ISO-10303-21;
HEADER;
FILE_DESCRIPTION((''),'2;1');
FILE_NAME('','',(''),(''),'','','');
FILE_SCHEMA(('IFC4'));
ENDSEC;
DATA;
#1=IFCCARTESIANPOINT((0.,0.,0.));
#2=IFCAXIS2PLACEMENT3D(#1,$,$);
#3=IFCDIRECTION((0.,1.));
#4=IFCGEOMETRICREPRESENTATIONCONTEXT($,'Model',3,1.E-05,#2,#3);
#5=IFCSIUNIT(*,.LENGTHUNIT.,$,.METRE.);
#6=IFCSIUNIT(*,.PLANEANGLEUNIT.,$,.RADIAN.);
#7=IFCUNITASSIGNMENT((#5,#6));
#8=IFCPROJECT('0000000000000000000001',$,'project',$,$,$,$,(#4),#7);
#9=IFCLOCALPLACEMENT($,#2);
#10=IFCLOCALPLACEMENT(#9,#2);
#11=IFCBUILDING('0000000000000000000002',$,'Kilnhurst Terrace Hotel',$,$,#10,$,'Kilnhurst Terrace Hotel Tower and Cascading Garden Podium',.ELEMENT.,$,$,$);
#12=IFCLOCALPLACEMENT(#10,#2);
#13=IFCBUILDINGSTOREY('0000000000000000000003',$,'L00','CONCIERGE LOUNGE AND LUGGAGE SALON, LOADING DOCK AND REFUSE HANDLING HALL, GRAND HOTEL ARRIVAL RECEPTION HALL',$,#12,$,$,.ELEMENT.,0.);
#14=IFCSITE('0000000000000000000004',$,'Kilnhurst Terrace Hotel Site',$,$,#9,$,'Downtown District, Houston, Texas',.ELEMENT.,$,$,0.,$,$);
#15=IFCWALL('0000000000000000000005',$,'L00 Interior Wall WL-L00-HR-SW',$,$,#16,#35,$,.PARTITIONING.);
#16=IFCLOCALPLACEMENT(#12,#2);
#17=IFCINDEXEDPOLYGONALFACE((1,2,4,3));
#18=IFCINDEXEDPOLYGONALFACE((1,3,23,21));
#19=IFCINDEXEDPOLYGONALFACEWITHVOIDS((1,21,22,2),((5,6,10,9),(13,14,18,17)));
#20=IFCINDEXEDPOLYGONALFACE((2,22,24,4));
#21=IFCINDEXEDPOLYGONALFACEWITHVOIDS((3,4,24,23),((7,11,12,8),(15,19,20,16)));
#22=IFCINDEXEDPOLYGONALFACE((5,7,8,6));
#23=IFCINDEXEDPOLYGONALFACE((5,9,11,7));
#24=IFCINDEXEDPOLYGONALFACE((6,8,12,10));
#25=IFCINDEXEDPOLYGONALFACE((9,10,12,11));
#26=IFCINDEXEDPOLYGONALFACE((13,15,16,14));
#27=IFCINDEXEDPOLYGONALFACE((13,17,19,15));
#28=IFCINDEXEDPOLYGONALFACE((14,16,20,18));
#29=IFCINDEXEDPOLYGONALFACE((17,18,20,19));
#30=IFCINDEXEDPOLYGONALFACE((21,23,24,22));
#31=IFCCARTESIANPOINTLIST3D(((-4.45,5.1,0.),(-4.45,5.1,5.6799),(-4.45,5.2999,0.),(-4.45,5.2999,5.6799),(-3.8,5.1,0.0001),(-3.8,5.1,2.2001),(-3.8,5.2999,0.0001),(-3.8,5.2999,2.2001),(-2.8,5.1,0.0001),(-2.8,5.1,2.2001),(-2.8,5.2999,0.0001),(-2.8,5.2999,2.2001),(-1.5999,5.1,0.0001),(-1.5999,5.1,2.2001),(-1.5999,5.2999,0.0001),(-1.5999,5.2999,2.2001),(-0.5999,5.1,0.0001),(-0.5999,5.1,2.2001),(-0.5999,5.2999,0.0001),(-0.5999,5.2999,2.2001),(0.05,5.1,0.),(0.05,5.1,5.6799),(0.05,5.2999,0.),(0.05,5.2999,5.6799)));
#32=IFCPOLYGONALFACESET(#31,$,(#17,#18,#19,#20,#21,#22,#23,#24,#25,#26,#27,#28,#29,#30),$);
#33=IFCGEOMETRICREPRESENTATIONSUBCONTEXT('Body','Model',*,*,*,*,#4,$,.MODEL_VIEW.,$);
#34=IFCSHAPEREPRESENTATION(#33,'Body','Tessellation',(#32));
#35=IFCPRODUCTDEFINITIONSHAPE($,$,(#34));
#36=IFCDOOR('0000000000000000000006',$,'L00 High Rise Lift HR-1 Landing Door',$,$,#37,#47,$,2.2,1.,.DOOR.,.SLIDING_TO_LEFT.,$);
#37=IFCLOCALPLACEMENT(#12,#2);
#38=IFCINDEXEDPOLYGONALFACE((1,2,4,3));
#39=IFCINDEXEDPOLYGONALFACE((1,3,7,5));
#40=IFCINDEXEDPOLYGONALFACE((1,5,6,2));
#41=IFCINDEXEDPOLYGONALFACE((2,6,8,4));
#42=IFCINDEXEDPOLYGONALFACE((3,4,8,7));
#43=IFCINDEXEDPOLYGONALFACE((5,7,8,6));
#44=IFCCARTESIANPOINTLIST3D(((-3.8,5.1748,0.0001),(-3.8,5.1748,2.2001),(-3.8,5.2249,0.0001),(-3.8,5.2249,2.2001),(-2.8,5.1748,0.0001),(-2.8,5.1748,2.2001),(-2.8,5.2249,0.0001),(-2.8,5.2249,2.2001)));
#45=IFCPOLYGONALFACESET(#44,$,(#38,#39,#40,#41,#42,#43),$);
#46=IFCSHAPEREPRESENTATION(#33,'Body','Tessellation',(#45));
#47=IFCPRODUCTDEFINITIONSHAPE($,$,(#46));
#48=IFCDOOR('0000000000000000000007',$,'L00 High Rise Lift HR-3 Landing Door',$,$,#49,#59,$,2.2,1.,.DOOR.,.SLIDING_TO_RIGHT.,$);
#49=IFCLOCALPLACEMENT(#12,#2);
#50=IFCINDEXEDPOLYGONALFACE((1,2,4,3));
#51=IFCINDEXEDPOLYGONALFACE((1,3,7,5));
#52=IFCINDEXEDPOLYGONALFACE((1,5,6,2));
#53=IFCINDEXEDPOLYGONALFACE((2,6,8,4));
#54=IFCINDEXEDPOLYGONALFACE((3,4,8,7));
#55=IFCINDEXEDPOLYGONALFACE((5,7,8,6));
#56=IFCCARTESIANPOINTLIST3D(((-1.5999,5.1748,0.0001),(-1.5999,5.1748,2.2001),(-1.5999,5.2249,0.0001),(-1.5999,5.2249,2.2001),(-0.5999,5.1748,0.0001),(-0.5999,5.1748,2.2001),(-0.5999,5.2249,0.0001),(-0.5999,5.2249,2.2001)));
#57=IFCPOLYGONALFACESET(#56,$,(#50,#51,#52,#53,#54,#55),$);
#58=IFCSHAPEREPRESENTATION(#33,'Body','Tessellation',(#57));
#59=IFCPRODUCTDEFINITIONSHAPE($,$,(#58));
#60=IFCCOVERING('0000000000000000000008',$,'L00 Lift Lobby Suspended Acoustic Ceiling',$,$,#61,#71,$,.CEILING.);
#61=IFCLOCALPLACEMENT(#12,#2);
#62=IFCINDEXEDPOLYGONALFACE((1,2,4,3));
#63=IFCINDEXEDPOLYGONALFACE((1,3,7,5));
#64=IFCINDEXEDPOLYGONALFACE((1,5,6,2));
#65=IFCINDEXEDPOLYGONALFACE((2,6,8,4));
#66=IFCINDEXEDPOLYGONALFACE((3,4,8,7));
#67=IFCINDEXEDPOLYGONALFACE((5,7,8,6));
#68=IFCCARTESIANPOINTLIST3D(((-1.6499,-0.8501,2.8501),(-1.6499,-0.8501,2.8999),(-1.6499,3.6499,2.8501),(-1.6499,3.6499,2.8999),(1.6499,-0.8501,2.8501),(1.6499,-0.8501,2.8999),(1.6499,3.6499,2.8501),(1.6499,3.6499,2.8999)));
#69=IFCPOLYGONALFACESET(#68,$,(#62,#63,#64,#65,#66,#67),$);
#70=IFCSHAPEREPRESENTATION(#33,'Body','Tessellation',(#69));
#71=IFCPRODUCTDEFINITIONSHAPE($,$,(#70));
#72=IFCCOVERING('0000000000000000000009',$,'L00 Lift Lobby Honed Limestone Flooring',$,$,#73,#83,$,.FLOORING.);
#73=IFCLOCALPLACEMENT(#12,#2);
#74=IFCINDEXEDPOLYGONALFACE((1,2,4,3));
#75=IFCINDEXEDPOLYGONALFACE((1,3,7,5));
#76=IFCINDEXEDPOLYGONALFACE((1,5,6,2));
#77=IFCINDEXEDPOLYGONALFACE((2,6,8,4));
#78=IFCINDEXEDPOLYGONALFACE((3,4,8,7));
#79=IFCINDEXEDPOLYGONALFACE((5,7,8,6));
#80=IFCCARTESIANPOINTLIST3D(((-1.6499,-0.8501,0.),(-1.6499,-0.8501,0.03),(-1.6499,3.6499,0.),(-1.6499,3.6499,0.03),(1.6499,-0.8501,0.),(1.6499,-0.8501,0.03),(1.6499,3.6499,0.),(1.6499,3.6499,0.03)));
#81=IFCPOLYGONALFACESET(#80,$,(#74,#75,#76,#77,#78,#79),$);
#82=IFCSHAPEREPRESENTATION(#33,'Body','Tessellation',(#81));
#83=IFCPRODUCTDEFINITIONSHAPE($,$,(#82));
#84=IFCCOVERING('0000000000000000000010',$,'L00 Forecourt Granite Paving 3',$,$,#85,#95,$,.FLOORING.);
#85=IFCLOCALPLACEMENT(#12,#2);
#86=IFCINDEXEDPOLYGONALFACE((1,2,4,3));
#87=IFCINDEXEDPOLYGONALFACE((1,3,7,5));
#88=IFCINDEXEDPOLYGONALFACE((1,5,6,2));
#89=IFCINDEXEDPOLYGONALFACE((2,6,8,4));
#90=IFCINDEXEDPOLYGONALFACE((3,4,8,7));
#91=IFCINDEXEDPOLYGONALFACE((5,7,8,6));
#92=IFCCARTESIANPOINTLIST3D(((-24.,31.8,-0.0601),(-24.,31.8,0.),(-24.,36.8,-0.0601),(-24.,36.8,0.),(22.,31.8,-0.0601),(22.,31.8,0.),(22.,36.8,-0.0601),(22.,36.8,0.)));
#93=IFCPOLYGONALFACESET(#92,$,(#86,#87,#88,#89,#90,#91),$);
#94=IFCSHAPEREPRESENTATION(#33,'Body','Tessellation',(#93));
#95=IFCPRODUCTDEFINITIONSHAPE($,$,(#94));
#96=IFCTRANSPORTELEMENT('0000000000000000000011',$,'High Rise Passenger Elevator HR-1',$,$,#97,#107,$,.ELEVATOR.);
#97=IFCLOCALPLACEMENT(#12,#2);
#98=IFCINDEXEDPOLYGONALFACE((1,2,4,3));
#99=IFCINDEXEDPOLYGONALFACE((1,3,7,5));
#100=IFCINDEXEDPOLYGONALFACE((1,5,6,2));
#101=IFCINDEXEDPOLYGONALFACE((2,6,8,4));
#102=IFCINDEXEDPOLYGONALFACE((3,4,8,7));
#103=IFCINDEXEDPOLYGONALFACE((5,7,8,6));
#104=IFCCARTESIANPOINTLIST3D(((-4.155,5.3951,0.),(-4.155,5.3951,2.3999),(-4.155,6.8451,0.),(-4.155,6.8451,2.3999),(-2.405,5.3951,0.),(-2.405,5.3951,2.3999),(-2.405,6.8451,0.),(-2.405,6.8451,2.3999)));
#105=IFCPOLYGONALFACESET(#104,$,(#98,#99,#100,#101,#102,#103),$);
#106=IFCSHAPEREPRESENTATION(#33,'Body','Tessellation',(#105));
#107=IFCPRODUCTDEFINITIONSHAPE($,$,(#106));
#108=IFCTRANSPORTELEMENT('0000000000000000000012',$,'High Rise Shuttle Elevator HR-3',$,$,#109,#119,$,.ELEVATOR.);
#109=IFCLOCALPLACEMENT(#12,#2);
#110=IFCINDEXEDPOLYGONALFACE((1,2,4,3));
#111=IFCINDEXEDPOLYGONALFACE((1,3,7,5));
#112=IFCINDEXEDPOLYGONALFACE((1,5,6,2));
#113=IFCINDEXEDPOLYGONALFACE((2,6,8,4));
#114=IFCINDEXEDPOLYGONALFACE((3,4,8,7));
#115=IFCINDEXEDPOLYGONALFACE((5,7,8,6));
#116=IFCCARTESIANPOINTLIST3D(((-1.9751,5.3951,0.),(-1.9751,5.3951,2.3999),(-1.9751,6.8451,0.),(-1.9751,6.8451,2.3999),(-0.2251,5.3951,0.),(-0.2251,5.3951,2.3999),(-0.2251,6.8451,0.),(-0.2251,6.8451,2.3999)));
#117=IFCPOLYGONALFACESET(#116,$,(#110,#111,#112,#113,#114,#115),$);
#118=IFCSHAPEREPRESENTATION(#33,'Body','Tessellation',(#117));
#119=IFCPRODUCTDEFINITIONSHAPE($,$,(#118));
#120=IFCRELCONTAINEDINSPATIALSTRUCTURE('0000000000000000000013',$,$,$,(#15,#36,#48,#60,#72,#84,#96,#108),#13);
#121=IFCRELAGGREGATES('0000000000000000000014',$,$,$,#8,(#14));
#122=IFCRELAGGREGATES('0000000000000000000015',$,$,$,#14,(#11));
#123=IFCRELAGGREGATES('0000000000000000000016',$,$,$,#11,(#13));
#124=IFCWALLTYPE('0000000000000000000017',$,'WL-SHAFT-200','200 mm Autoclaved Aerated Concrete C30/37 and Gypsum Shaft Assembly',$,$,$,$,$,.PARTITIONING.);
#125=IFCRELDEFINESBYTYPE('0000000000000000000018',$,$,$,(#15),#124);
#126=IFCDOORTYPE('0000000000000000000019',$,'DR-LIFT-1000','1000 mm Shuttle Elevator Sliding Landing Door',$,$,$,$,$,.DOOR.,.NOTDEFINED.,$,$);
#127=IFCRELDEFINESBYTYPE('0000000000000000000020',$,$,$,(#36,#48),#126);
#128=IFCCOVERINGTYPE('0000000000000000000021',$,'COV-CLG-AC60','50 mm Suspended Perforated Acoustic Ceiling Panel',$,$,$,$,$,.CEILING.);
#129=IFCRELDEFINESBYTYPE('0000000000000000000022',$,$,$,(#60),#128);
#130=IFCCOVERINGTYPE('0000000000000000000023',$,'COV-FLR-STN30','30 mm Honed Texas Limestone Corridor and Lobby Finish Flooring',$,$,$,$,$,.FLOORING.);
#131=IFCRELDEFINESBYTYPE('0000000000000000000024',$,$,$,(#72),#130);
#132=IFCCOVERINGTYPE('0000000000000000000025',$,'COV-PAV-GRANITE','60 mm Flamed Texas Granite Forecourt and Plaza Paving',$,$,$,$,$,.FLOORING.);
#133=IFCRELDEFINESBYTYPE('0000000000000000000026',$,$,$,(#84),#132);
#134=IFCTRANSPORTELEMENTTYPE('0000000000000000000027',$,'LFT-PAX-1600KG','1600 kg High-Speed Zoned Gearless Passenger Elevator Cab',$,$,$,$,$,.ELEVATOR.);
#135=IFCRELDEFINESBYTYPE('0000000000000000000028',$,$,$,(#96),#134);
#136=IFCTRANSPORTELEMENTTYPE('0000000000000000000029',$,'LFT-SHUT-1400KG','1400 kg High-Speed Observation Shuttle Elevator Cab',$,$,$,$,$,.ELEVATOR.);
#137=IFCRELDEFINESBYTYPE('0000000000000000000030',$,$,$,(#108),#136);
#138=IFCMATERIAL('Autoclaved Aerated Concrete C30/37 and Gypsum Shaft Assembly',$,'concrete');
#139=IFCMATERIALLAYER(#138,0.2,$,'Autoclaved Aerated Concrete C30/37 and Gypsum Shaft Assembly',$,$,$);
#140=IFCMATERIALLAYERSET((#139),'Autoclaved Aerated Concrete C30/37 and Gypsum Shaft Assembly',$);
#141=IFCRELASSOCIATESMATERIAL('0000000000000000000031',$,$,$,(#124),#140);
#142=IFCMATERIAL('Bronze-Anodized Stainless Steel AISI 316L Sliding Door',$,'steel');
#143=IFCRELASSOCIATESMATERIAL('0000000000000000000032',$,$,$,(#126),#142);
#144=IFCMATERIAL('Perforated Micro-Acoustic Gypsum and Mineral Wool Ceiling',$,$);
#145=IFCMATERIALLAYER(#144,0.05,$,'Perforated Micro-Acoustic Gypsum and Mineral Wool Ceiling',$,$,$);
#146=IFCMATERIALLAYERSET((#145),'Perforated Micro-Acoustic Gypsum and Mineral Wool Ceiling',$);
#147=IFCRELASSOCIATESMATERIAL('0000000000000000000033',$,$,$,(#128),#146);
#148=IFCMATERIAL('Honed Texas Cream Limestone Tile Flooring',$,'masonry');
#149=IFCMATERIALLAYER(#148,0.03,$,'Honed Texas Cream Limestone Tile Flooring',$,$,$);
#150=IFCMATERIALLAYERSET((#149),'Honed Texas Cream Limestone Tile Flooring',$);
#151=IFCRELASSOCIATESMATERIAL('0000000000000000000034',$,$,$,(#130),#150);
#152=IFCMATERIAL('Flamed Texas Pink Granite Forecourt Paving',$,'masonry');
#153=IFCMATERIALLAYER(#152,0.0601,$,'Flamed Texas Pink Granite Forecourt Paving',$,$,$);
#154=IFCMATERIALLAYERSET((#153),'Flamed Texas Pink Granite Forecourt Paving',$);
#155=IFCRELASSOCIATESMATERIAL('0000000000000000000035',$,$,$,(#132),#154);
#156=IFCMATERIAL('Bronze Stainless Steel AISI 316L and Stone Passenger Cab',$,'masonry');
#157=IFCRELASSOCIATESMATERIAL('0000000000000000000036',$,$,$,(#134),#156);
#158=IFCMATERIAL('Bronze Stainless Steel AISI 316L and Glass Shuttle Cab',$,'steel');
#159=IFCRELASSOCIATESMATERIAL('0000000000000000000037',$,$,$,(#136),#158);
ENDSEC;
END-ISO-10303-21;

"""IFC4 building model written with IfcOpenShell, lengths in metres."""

from ifc_helpers import new_model, si_unit, direction, frame, frame_2d, origin, origin_2d, place, context, subcontext, project, spatial, polyline, rectangle, outline, extrude, material, layer, layer_set, type_object, element, fill, save


model = new_model("IFC4")

# Units and contexts
model_context = context("Model", 3, precision=1e-05, world=origin(), true_north=direction((0.0, 1.0)))
body_context = subcontext(model_context, "Body", "Model", "MODEL_VIEW")
ifc_project = project(units=[si_unit("LENGTHUNIT", "METRE"), si_unit("PLANEANGLEUNIT", "RADIAN")], contexts=[model_context])

# Site, building, storey
site_placement = place(None, origin())
site = spatial("IfcSite", under=ifc_project, at=site_placement, Name="Kilnhurst Terrace Hotel Site", LongName="Downtown District, Houston, Texas", CompositionType="ELEMENT", RefElevation=0.0)
building_placement = place(site_placement, origin())
building = spatial("IfcBuilding", under=site, at=building_placement, Name="Kilnhurst Terrace Hotel", LongName="Kilnhurst Terrace Hotel Tower and Cascading Garden Podium", CompositionType="ELEMENT")
storey_placement = place(building_placement, origin())
storey = spatial("IfcBuildingStorey", under=building, at=storey_placement, Name="L00", Description="CONCIERGE LOUNGE AND LUGGAGE SALON, LOADING DOCK AND REFUSE HANDLING HALL, GRAND HOTEL ARRIVAL RECEPTION HALL", CompositionType="ELEMENT", Elevation=0.0)

# Wall, openings, doors
ifc_material_1 = material(Name="Autoclaved Aerated Concrete C30/37 and Gypsum Shaft Assembly", Category="concrete")
ifc_layer_1 = layer(ifc_material_1, 0.2, Name="Autoclaved Aerated Concrete C30/37 and Gypsum Shaft Assembly")
ifc_layer_set_1 = layer_set([ifc_layer_1], Name="Autoclaved Aerated Concrete C30/37 and Gypsum Shaft Assembly")
wall_type_1 = type_object("IfcWallType", Name="WL-SHAFT-200", Description="200 mm Autoclaved Aerated Concrete C30/37 and Gypsum Shaft Assembly", PredefinedType="PARTITIONING", material=ifc_layer_set_1)
wall_1_placement = place(storey_placement, frame((-4.45, 5.2, 0.0), z_axis=(0.0, 0.0, 1.0), x_axis=(1.0, 0.0, 0.0)))
wall_1 = element("IfcWall", 1, at=wall_1_placement, inside=storey, type_object=wall_type_1, Name="L00 Interior Wall WL-L00-HR-SW", PredefinedType="PARTITIONING", context=body_context, shape_type="SweptSolid", body=[
    extrude(rectangle(XDim=4.5, YDim=0.2, at=frame_2d((2.25, 0.0))), origin(), (0.0, 0.0, 1.0), 5.6799),
])
opening_1_placement = place(wall_1_placement, frame((0.6499, 0.0, 0.0)))
opening_1 = element("IfcOpeningElement", 2, at=opening_1_placement, cuts=wall_1, PredefinedType="OPENING", context=body_context, shape_type="SweptSolid", body=[
    extrude(rectangle(XDim=1.0, YDim=2.2, at=frame_2d((0.5, 1.1001))), frame((0.0, 0.1099, 0.0), z_axis=(0.0, -1.0, 0.0), x_axis=(1.0, 0.0, 0.0)), (0.0, 0.0, 1.0), 0.22),
])
opening_2_placement = place(wall_1_placement, frame((2.8501, 0.0, 0.0)))
opening_2 = element("IfcOpeningElement", 3, at=opening_2_placement, cuts=wall_1, PredefinedType="OPENING", context=body_context, shape_type="SweptSolid", body=[
    extrude(rectangle(XDim=1.0, YDim=2.2, at=frame_2d((0.5, 1.1001))), frame((0.0, 0.1099, 0.0), z_axis=(0.0, -1.0, 0.0), x_axis=(1.0, 0.0, 0.0)), (0.0, 0.0, 1.0), 0.22),
])
ifc_material_2 = material(Name="Bronze-Anodized Stainless Steel AISI 316L Sliding Door", Category="steel")
door_type = type_object("IfcDoorType", Name="DR-LIFT-1000", Description="1000 mm Shuttle Elevator Sliding Landing Door", OperationType="NOTDEFINED", PredefinedType="DOOR", material=ifc_material_2)
door_1_placement = place(opening_1_placement, origin())
door_1 = element("IfcDoor", 4, at=door_1_placement, inside=storey, type_object=door_type, Name="L00 High Rise Lift HR-1 Landing Door", OperationType="SLIDING_TO_LEFT", OverallHeight=2.2, OverallWidth=1.0, PredefinedType="DOOR", context=body_context, shape_type="SweptSolid", body=[
    extrude(rectangle(XDim=1.0, YDim=2.2, at=frame_2d((0.5, 1.1001))), frame((0.0, 0.0249, 0.0), z_axis=(0.0, -1.0, 0.0), x_axis=(1.0, 0.0, 0.0)), (0.0, 0.0, 1.0), 0.05),
])
fill(opening_1, door_1)
door_2_placement = place(opening_2_placement, origin())
door_2 = element("IfcDoor", 5, at=door_2_placement, inside=storey, type_object=door_type, Name="L00 High Rise Lift HR-3 Landing Door", OperationType="SLIDING_TO_RIGHT", OverallHeight=2.2, OverallWidth=1.0, PredefinedType="DOOR", context=body_context, shape_type="SweptSolid", body=[
    extrude(rectangle(XDim=1.0, YDim=2.2, at=frame_2d((0.5, 1.1001))), frame((0.0, 0.0249, 0.0), z_axis=(0.0, -1.0, 0.0), x_axis=(1.0, 0.0, 0.0)), (0.0, 0.0, 1.0), 0.05),
])
fill(opening_2, door_2)

# Coverings
ifc_material_3 = material(Name="Perforated Micro-Acoustic Gypsum and Mineral Wool Ceiling")
ifc_layer_2 = layer(ifc_material_3, 0.05, Name="Perforated Micro-Acoustic Gypsum and Mineral Wool Ceiling")
ifc_layer_set_2 = layer_set([ifc_layer_2], Name="Perforated Micro-Acoustic Gypsum and Mineral Wool Ceiling")
covering_type_1 = type_object("IfcCoveringType", Name="COV-CLG-AC60", Description="50 mm Suspended Perforated Acoustic Ceiling Panel", PredefinedType="CEILING", material=ifc_layer_set_2)
covering_1_placement = place(storey_placement, frame((0.0, 0.0, 2.8501)))
element("IfcCovering", 6, at=covering_1_placement, inside=storey, type_object=covering_type_1, Name="L00 Lift Lobby Suspended Acoustic Ceiling", PredefinedType="CEILING", context=body_context, shape_type="SweptSolid", body=[
    extrude(outline(polyline([(-1.6499, -0.8501), (1.6499, -0.8501), (1.6499, 3.6499), (-1.6499, 3.6499), (-1.6499, -0.8501)])), origin(), (0.0, 0.0, 1.0), 0.0498),
])
ifc_material_4 = material(Name="Honed Texas Cream Limestone Tile Flooring", Category="masonry")
ifc_layer_3 = layer(ifc_material_4, 0.03, Name="Honed Texas Cream Limestone Tile Flooring")
ifc_layer_set_3 = layer_set([ifc_layer_3], Name="Honed Texas Cream Limestone Tile Flooring")
covering_type_2 = type_object("IfcCoveringType", Name="COV-FLR-STN30", Description="30 mm Honed Texas Limestone Corridor and Lobby Finish Flooring", PredefinedType="FLOORING", material=ifc_layer_set_3)
covering_2_placement = place(storey_placement, origin())
element("IfcCovering", 7, at=covering_2_placement, inside=storey, type_object=covering_type_2, Name="L00 Lift Lobby Honed Limestone Flooring", PredefinedType="FLOORING", context=body_context, shape_type="SweptSolid", body=[
    extrude(outline(polyline([(-1.6499, -0.8501), (1.6499, -0.8501), (1.6499, 3.6499), (-1.6499, 3.6499), (-1.6499, -0.8501)])), origin(), (0.0, 0.0, 1.0), 0.03),
])
ifc_material_5 = material(Name="Flamed Texas Pink Granite Forecourt Paving", Category="masonry")
ifc_layer_4 = layer(ifc_material_5, 0.0601, Name="Flamed Texas Pink Granite Forecourt Paving")
ifc_layer_set_4 = layer_set([ifc_layer_4], Name="Flamed Texas Pink Granite Forecourt Paving")
covering_type_3 = type_object("IfcCoveringType", Name="COV-PAV-GRANITE", Description="60 mm Flamed Texas Granite Forecourt and Plaza Paving", PredefinedType="FLOORING", material=ifc_layer_set_4)
covering_3_placement = place(storey_placement, frame((0.0, 0.0, -0.0601)))
element("IfcCovering", 8, at=covering_3_placement, inside=storey, type_object=covering_type_3, Name="L00 Forecourt Granite Paving 3", PredefinedType="FLOORING", context=body_context, shape_type="SweptSolid", body=[
    extrude(outline(polyline([(-24.0, 31.8), (22.0, 31.8), (22.0, 36.8), (-24.0, 36.8), (-24.0, 31.8)])), origin(), (0.0, 0.0, 1.0), 0.0601),
])

# Transport elements
ifc_material_6 = material(Name="Bronze Stainless Steel AISI 316L and Stone Passenger Cab", Category="masonry")
transport_element_type_1 = type_object("IfcTransportElementType", Name="LFT-PAX-1600KG", Description="1600 kg High-Speed Zoned Gearless Passenger Elevator Cab", PredefinedType="ELEVATOR", material=ifc_material_6)
transport_element_1_placement = place(storey_placement, frame((-3.28, 6.1201, 0.0), z_axis=(0.0, 0.0, 1.0), x_axis=(1.0, 0.0, 0.0)))
element("IfcTransportElement", 9, at=transport_element_1_placement, inside=storey, type_object=transport_element_type_1, Name="High Rise Passenger Elevator HR-1", PredefinedType="ELEVATOR", context=body_context, shape_type="SweptSolid", body=[
    extrude(rectangle(XDim=1.75, YDim=1.45, at=origin_2d()), origin(), (0.0, 0.0, 1.0), 2.3999),
])
ifc_material_7 = material(Name="Bronze Stainless Steel AISI 316L and Glass Shuttle Cab", Category="steel")
transport_element_type_2 = type_object("IfcTransportElementType", Name="LFT-SHUT-1400KG", Description="1400 kg High-Speed Observation Shuttle Elevator Cab", PredefinedType="ELEVATOR", material=ifc_material_7)
transport_element_2_placement = place(storey_placement, frame((-1.1001, 6.1201, 0.0), z_axis=(0.0, 0.0, 1.0), x_axis=(1.0, 0.0, 0.0)))
element("IfcTransportElement", 10, at=transport_element_2_placement, inside=storey, type_object=transport_element_type_2, Name="High Rise Shuttle Elevator HR-3", PredefinedType="ELEVATOR", context=body_context, shape_type="SweptSolid", body=[
    extrude(rectangle(XDim=1.75, YDim=1.45, at=origin_2d()), origin(), (0.0, 0.0, 1.0), 2.3999),
])

save(model, "model.ifc")
